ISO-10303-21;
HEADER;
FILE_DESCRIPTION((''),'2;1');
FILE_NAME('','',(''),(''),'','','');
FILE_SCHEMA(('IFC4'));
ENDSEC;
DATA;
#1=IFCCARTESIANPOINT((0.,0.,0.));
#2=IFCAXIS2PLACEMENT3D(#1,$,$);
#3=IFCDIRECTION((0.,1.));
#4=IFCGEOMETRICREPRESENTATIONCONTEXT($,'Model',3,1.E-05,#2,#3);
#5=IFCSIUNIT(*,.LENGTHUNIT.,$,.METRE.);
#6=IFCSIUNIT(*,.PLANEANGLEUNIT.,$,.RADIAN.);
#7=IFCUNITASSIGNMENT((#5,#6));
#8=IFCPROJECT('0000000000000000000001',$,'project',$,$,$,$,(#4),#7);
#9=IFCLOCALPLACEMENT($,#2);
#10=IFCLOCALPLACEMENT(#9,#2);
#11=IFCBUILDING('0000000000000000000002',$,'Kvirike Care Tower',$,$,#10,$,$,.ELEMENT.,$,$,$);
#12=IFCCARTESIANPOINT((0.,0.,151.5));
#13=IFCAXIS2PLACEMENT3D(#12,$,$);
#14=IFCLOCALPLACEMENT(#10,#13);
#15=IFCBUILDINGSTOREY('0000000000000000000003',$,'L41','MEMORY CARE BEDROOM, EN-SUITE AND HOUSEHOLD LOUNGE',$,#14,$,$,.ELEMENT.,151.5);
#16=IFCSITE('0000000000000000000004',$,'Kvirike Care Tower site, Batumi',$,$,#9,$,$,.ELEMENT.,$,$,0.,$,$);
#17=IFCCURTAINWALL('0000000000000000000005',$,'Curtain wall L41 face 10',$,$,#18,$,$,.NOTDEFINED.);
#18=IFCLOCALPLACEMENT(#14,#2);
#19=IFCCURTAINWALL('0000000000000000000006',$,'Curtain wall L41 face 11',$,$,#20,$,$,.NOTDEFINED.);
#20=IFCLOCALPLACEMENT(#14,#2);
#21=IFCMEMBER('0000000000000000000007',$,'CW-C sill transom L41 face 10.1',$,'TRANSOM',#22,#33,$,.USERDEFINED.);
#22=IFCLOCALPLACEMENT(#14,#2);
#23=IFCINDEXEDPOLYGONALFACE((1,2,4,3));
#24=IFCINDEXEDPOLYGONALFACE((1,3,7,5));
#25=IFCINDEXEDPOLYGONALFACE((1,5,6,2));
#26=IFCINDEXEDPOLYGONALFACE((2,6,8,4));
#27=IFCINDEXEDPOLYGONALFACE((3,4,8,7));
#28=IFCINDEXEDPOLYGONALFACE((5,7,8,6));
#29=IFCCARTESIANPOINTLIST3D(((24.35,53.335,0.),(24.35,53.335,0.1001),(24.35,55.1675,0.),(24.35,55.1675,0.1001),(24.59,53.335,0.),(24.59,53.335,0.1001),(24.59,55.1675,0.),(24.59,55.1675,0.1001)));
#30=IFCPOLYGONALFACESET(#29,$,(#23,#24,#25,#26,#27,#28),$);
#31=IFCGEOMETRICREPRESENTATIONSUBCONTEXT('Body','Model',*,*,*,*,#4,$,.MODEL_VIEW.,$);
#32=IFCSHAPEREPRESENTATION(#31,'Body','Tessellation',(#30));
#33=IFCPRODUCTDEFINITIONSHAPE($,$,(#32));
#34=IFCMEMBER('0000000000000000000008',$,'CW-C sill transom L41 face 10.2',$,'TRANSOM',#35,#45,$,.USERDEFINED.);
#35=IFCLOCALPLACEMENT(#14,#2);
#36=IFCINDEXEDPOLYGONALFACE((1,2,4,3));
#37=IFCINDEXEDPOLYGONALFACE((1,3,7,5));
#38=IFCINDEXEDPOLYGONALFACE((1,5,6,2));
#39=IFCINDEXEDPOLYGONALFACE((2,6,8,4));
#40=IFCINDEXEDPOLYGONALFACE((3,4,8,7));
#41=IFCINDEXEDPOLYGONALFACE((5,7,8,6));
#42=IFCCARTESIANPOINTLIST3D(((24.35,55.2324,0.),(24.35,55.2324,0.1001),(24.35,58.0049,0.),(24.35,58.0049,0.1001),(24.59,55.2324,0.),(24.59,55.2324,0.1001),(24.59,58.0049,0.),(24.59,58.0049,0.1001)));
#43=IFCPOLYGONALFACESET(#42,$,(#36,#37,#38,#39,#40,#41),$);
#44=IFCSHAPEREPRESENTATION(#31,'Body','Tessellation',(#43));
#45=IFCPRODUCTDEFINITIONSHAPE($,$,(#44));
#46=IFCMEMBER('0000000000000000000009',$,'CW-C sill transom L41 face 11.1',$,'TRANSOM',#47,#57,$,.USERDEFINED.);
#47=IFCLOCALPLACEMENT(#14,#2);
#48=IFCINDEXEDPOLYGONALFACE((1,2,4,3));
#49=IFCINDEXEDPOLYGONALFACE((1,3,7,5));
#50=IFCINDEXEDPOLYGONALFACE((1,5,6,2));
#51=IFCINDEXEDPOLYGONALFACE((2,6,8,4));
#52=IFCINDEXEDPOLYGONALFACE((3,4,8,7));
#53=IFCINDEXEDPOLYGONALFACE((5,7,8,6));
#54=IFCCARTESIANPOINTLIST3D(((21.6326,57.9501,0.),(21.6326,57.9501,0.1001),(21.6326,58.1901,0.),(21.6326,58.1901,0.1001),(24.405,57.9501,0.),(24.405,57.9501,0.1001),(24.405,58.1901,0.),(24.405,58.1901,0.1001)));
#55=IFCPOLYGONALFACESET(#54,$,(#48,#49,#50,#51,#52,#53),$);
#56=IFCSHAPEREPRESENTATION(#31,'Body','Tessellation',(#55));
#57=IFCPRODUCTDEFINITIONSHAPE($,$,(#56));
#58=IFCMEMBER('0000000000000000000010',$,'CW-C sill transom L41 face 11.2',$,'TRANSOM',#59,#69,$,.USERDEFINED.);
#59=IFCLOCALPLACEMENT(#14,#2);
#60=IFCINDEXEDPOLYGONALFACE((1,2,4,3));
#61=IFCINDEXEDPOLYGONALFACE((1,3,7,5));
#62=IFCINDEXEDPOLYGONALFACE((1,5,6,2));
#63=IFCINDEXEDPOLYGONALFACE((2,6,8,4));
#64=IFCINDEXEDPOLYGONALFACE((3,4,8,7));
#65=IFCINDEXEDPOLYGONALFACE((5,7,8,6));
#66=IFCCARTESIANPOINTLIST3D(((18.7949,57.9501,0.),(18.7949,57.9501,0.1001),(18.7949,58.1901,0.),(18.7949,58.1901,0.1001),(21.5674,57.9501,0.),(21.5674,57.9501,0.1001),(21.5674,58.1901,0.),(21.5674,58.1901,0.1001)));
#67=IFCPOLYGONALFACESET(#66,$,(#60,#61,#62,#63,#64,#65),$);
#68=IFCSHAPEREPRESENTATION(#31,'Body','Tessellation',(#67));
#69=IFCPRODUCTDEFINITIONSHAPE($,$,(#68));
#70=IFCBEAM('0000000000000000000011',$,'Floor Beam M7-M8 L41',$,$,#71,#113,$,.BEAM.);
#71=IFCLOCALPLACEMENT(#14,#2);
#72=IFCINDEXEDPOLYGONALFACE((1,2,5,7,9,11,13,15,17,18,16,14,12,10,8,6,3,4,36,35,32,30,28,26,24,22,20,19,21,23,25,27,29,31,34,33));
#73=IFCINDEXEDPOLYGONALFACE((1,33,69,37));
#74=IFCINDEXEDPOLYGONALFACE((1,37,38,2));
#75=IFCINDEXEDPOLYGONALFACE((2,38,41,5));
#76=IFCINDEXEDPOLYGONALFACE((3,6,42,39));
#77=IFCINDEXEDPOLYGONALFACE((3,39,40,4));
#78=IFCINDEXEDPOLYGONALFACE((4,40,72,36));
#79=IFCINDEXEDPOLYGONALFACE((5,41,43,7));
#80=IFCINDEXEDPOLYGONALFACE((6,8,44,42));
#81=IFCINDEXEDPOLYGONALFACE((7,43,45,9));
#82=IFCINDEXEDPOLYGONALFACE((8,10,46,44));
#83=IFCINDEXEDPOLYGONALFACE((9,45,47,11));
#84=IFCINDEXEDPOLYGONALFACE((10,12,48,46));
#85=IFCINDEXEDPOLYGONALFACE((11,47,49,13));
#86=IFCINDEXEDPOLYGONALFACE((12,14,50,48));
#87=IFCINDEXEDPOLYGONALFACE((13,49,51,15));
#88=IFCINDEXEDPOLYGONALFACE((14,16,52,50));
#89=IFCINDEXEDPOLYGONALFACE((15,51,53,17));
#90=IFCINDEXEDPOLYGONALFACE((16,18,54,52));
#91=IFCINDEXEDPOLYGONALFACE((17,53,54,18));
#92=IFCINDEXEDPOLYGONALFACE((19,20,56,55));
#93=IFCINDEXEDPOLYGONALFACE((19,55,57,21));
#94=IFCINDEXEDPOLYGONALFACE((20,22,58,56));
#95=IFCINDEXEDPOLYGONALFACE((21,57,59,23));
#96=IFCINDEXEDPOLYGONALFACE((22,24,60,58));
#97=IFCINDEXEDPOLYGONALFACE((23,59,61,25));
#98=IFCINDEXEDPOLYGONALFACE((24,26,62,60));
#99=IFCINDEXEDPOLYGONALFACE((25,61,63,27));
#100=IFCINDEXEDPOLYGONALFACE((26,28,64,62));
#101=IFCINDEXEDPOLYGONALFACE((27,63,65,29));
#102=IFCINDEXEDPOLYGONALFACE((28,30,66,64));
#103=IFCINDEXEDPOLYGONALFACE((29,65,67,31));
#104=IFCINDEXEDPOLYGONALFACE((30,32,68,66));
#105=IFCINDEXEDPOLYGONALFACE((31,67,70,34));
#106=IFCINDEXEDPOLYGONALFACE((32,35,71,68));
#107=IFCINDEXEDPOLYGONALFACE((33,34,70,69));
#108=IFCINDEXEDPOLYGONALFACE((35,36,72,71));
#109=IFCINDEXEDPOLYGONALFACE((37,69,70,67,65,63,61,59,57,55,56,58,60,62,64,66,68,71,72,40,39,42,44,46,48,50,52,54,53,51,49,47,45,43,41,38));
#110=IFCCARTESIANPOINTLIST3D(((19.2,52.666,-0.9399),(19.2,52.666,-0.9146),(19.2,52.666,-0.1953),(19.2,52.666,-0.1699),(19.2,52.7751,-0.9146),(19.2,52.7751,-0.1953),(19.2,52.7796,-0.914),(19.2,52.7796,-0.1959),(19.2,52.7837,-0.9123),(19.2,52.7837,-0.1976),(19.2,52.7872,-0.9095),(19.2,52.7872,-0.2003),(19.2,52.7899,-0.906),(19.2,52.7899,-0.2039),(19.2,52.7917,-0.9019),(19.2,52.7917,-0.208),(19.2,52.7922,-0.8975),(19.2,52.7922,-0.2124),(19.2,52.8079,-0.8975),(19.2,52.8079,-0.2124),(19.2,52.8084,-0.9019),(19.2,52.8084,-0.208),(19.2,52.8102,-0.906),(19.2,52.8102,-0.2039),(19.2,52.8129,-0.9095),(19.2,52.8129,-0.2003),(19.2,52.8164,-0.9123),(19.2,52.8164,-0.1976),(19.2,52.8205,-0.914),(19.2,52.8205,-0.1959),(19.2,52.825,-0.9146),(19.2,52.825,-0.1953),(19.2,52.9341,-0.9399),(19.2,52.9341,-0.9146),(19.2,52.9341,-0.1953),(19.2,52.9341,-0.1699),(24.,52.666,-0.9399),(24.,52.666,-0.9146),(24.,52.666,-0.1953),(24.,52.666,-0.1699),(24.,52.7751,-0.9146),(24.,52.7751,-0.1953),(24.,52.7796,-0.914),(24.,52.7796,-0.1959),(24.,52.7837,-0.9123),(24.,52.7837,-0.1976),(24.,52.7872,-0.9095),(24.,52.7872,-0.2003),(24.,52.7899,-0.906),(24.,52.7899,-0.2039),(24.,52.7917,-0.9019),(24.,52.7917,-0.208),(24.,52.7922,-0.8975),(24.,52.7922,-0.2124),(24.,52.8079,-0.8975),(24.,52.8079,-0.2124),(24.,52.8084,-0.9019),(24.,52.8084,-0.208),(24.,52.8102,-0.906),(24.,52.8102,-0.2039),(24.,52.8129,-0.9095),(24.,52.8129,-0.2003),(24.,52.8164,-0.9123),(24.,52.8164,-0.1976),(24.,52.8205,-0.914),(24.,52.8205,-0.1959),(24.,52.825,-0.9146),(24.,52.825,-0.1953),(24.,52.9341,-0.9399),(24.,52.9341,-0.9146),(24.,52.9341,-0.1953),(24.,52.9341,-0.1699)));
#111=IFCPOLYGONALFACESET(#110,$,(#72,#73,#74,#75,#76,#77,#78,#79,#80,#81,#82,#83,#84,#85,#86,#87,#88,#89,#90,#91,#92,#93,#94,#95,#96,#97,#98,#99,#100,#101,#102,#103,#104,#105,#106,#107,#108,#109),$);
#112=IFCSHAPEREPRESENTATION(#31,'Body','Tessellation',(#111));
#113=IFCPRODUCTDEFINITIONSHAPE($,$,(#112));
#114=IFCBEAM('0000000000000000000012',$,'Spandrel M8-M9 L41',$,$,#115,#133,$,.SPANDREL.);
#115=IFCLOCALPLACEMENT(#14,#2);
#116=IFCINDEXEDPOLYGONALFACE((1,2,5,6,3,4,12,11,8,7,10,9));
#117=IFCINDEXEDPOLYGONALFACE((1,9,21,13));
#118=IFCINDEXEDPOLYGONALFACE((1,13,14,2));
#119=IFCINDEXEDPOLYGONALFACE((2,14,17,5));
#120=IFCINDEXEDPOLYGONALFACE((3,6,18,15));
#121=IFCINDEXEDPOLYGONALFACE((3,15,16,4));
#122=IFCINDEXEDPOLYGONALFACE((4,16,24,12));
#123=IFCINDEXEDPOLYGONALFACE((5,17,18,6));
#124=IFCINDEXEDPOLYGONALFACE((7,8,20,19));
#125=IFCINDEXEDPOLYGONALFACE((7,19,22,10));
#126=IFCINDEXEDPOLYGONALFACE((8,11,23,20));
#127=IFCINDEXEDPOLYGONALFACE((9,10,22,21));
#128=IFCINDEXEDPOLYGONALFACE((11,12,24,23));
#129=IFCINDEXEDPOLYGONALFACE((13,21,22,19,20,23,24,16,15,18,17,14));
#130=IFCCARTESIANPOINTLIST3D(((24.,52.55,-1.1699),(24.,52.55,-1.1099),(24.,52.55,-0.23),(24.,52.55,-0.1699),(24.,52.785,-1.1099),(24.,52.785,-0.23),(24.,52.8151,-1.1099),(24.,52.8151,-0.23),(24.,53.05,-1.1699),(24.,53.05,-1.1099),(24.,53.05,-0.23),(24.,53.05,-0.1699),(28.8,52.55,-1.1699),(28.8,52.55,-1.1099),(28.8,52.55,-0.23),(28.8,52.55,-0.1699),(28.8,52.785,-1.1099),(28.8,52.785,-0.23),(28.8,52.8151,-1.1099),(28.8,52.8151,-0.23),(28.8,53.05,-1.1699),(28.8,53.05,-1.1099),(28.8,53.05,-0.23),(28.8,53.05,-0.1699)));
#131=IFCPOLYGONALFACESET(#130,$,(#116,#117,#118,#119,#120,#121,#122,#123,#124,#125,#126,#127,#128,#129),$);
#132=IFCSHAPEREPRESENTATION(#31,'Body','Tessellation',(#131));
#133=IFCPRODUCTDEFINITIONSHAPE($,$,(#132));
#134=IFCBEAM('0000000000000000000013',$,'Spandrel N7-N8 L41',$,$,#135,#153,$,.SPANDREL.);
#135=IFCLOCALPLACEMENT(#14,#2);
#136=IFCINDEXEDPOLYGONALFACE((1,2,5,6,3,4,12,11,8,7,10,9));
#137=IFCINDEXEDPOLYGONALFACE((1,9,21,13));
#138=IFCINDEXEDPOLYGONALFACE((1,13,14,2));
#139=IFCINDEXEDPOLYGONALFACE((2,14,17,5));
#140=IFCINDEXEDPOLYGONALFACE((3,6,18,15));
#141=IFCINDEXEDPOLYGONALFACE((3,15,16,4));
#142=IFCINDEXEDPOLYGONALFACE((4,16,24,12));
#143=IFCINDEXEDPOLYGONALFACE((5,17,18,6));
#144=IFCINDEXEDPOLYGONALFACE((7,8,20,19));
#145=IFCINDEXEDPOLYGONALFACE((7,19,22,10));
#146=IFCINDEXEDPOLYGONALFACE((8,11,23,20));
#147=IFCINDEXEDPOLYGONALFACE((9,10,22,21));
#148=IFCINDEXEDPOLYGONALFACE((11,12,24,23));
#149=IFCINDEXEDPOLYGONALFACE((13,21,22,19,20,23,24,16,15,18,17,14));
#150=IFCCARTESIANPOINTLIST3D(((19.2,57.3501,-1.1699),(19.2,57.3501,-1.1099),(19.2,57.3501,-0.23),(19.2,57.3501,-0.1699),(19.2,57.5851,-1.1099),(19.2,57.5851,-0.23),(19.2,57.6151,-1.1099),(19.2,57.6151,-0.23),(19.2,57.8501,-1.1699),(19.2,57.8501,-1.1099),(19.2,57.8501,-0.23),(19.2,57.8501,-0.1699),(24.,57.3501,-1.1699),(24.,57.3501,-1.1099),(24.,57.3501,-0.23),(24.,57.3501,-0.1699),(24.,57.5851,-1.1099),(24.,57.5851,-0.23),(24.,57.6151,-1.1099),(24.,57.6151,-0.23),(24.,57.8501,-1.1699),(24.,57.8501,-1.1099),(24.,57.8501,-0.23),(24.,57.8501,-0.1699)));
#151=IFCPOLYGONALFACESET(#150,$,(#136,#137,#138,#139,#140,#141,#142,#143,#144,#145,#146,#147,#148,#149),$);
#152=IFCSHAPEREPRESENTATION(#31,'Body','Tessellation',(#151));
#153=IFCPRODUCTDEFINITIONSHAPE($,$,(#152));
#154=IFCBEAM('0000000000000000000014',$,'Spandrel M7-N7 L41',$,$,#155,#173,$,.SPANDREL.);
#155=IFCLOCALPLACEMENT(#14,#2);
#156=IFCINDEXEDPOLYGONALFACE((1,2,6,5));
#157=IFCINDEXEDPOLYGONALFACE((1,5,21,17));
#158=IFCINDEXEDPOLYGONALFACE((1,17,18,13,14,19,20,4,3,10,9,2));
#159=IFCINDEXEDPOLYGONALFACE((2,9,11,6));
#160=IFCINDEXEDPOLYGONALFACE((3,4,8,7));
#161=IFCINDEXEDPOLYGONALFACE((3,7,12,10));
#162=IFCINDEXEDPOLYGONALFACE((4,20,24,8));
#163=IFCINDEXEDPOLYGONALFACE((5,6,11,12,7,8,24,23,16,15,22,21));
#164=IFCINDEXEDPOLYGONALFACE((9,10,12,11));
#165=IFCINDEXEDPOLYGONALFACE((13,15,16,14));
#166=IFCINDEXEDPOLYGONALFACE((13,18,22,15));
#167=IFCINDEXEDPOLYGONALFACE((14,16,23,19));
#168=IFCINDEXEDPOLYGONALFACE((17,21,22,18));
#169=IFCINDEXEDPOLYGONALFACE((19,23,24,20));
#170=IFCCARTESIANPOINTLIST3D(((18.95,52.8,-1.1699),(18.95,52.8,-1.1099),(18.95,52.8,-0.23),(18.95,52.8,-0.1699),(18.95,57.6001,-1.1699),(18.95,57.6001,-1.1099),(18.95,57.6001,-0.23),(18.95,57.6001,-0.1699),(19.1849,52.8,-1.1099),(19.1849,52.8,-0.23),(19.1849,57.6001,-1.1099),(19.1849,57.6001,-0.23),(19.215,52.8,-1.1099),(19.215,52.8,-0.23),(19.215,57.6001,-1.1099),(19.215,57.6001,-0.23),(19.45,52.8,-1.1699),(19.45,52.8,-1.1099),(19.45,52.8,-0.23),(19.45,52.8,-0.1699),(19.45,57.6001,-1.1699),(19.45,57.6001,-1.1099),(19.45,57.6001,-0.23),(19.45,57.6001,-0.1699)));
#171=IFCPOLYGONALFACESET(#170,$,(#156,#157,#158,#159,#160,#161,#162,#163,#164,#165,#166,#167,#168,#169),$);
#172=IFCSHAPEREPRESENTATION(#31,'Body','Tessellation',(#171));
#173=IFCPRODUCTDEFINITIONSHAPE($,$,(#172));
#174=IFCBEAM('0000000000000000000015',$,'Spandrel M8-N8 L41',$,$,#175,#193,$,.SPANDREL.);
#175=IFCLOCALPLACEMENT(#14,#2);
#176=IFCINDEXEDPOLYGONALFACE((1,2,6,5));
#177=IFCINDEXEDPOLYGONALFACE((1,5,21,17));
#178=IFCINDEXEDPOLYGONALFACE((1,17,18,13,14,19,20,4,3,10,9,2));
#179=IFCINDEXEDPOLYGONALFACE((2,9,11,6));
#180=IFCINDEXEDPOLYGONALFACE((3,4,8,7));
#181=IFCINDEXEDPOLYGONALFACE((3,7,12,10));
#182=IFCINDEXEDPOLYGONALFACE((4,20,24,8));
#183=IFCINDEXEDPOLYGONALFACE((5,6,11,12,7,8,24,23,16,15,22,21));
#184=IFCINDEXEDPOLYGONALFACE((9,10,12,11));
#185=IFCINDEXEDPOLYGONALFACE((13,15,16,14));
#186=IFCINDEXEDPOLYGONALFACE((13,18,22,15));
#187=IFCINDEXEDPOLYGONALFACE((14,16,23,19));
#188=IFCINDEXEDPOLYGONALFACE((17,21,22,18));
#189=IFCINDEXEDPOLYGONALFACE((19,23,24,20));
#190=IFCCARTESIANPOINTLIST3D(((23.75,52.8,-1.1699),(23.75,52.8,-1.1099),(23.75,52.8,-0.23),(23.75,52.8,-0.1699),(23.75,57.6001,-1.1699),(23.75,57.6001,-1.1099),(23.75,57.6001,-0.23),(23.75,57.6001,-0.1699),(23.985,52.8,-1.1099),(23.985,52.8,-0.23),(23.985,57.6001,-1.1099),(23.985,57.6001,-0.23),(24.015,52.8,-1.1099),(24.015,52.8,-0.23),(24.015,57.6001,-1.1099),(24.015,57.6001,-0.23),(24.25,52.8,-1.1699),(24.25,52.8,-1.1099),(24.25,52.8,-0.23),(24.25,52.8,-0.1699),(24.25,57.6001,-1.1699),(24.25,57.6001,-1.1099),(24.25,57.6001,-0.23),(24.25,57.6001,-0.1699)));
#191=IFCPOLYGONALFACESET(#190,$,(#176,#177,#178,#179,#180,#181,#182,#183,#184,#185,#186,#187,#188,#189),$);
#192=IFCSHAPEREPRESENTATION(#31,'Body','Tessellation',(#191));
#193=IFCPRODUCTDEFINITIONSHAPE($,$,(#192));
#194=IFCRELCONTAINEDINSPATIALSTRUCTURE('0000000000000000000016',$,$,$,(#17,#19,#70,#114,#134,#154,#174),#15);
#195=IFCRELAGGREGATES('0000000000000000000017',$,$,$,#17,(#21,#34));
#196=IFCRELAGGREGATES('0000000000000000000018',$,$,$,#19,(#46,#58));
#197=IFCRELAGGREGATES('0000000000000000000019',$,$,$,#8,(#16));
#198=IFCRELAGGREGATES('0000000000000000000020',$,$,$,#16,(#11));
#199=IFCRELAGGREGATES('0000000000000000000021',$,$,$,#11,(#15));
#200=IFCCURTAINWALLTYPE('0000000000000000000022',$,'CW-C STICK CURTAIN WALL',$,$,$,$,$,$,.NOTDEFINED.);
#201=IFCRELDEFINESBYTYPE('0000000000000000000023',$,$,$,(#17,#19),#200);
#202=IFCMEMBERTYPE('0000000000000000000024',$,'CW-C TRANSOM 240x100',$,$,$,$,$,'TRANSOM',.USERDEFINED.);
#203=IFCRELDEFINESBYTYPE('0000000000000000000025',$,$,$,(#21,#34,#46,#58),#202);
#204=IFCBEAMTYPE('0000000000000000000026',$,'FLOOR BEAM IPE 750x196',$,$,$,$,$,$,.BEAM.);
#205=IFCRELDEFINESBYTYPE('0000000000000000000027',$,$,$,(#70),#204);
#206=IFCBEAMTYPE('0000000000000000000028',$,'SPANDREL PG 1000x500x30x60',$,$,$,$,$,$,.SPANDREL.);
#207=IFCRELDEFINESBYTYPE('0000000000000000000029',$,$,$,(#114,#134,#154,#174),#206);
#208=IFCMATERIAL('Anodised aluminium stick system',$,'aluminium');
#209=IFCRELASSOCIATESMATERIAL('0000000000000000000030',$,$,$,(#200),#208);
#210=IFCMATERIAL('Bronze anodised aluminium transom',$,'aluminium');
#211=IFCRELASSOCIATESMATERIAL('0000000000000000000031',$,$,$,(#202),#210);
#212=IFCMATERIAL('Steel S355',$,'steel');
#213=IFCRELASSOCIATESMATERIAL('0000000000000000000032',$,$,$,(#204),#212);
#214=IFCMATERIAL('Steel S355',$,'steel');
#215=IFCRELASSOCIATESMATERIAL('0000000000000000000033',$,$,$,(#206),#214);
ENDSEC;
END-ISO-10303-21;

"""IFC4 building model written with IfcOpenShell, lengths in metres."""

from ifc_helpers import new_model, si_unit, direction, frame, origin, origin_2d, place, context, subcontext, project, spatial, rectangle, i_section, extrude, material, material_profile, profile_set, type_object, element, aggregate, save


model = new_model("IFC4")

# Units and contexts
model_context = context("Model", 3, precision=1e-05, world=origin(), true_north=direction((0.0, 1.0)))
body_context = subcontext(model_context, "Body", "Model", "MODEL_VIEW")
ifc_project = project(units=[si_unit("LENGTHUNIT", "METRE"), si_unit("PLANEANGLEUNIT", "RADIAN")], contexts=[model_context])

# Site, building, storey
site_placement = place(None, origin())
site = spatial("IfcSite", under=ifc_project, at=site_placement, Name="Kvirike Care Tower site, Batumi", CompositionType="ELEMENT", RefElevation=0.0)
building_placement = place(site_placement, origin())
building = spatial("IfcBuilding", under=site, at=building_placement, Name="Kvirike Care Tower", CompositionType="ELEMENT")
storey_placement = place(building_placement, frame((0.0, 0.0, 151.5)))
storey = spatial("IfcBuildingStorey", under=building, at=storey_placement, Name="L41", Description="MEMORY CARE BEDROOM, EN-SUITE AND HOUSEHOLD LOUNGE", CompositionType="ELEMENT", Elevation=151.5)

# Curtain walls
ifc_material_1 = material(Name="Anodised aluminium stick system", Category="aluminium")
curtain_wall_type = type_object("IfcCurtainWallType", Name="CW-C STICK CURTAIN WALL", PredefinedType="NOTDEFINED", material=ifc_material_1)
curtain_wall_1_placement = place(storey_placement, origin())
curtain_wall_1 = element("IfcCurtainWall", 1, at=curtain_wall_1_placement, inside=storey, type_object=curtain_wall_type, Name="Curtain wall L41 face 10", PredefinedType="NOTDEFINED")
curtain_wall_2_placement = place(storey_placement, origin())
curtain_wall_2 = element("IfcCurtainWall", 2, at=curtain_wall_2_placement, inside=storey, type_object=curtain_wall_type, Name="Curtain wall L41 face 11", PredefinedType="NOTDEFINED")

# Members
ifc_material_2 = material(Name="Bronze anodised aluminium transom", Category="aluminium")
ifc_material_profile_1 = material_profile(ifc_material_2, rectangle(XDim=0.24, YDim=0.1001, at=origin_2d()), Name="CW-C TRANSOM 240x100")
ifc_profile_set_1 = profile_set([ifc_material_profile_1], Name="Bronze anodised aluminium transom")
member_type_1 = type_object("IfcMemberType", Name="CW-C TRANSOM 240x100", ElementType="TRANSOM", PredefinedType="USERDEFINED", material=ifc_profile_set_1)
member_1_placement = place(storey_placement, frame((24.47, 53.335, 0.05), z_axis=(0.0, 1.0, 0.0), x_axis=(-1.0, 0.0, 0.0)))
member_1 = element("IfcMember", 3, at=member_1_placement, type_object=member_type_1, Name="CW-C sill transom L41 face 10.1", ObjectType="TRANSOM", PredefinedType="USERDEFINED", context=body_context, shape_type="SweptSolid", body=[
    extrude(rectangle(XDim=0.24, YDim=0.1001, at=origin_2d()), origin(), (0.0, 0.0, 1.0), 1.8325),
])
member_2_placement = place(storey_placement, frame((24.47, 55.2324, 0.05), z_axis=(0.0, 1.0, 0.0), x_axis=(-1.0, 0.0, 0.0)))
member_2 = element("IfcMember", 4, at=member_2_placement, type_object=member_type_1, Name="CW-C sill transom L41 face 10.2", ObjectType="TRANSOM", PredefinedType="USERDEFINED", context=body_context, shape_type="SweptSolid", body=[
    extrude(rectangle(XDim=0.24, YDim=0.1001, at=origin_2d()), origin(), (0.0, 0.0, 1.0), 2.7725),
])
member_3_placement = place(storey_placement, frame((24.405, 58.0701, 0.05), z_axis=(-1.0, 0.0, 0.0), x_axis=(0.0, -1.0, 0.0)))
member_3 = element("IfcMember", 5, at=member_3_placement, type_object=member_type_1, Name="CW-C sill transom L41 face 11.1", ObjectType="TRANSOM", PredefinedType="USERDEFINED", context=body_context, shape_type="SweptSolid", body=[
    extrude(rectangle(XDim=0.24, YDim=0.1001, at=origin_2d()), origin(), (0.0, 0.0, 1.0), 2.7725),
])
member_4_placement = place(storey_placement, frame((21.5674, 58.0701, 0.05), z_axis=(-1.0, 0.0, 0.0), x_axis=(0.0, -1.0, 0.0)))
member_4 = element("IfcMember", 6, at=member_4_placement, type_object=member_type_1, Name="CW-C sill transom L41 face 11.2", ObjectType="TRANSOM", PredefinedType="USERDEFINED", context=body_context, shape_type="SweptSolid", body=[
    extrude(rectangle(XDim=0.24, YDim=0.1001, at=origin_2d()), origin(), (0.0, 0.0, 1.0), 2.7725),
])

# Beams
ifc_material_3 = material(Name="Steel S355", Category="steel")
ifc_material_profile_2 = material_profile(ifc_material_3, i_section(OverallWidth=0.2681, OverallDepth=0.77, WebThickness=0.0156, FlangeThickness=0.0254, FilletRadius=0.0171, at=origin_2d()), Name="IPE 750x196")
ifc_profile_set_2 = profile_set([ifc_material_profile_2], Name="Steel S355")
beam_type_1 = type_object("IfcBeamType", Name="FLOOR BEAM IPE 750x196", PredefinedType="BEAM", material=ifc_profile_set_2)
beam_placement = place(storey_placement, frame((19.2, 52.8, -0.5549), z_axis=(1.0, 0.0, 0.0), x_axis=(0.0, 1.0, 0.0)))
element("IfcBeam", 7, at=beam_placement, inside=storey, type_object=beam_type_1, Name="Floor Beam M7-M8 L41", PredefinedType="BEAM", context=body_context, shape_type="SweptSolid", body=[
    extrude(i_section(OverallWidth=0.2681, OverallDepth=0.77, WebThickness=0.0156, FlangeThickness=0.0254, FilletRadius=0.0171, at=origin_2d()), origin(), (0.0, 0.0, 1.0), 4.8),
])
ifc_material_4 = material(Name="Steel S355", Category="steel")
ifc_material_profile_3 = material_profile(ifc_material_4, i_section(OverallWidth=0.5, OverallDepth=1.0, WebThickness=0.03, FlangeThickness=0.0601, at=origin_2d()), Name="PG 1000x500x30x60")
ifc_profile_set_3 = profile_set([ifc_material_profile_3], Name="Steel S355")
beam_type_2 = type_object("IfcBeamType", Name="SPANDREL PG 1000x500x30x60", PredefinedType="SPANDREL", material=ifc_profile_set_3)
for number, where, z_axis, x_axis, name in (
    (8, (24.0, 52.8, -0.6699), (1.0, 0.0, 0.0), (0.0, 1.0, 0.0), "Spandrel M8-M9 L41"),
    (9, (19.2, 57.6001, -0.6699), (1.0, 0.0, 0.0), (0.0, 1.0, 0.0), "Spandrel N7-N8 L41"),
    (10, (19.2, 52.8, -0.6699), (0.0, 1.0, 0.0), (-1.0, 0.0, 0.0), "Spandrel M7-N7 L41"),
    (11, (24.0, 52.8, -0.6699), (0.0, 1.0, 0.0), (-1.0, 0.0, 0.0), "Spandrel M8-N8 L41"),
):
    element("IfcBeam", number, at=place(storey_placement, frame(where, z_axis=z_axis, x_axis=x_axis)), inside=storey, type_object=beam_type_2, Name=name, PredefinedType="SPANDREL", context=body_context, shape_type="SweptSolid", body=[
        extrude(i_section(OverallWidth=0.5, OverallDepth=1.0, WebThickness=0.03, FlangeThickness=0.0601, at=origin_2d()), origin(), (0.0, 0.0, 1.0), 4.8),
    ])

aggregate(curtain_wall_1, [member_1, member_2])
aggregate(curtain_wall_2, [member_3, member_4])

save(model, "model.ifc")
